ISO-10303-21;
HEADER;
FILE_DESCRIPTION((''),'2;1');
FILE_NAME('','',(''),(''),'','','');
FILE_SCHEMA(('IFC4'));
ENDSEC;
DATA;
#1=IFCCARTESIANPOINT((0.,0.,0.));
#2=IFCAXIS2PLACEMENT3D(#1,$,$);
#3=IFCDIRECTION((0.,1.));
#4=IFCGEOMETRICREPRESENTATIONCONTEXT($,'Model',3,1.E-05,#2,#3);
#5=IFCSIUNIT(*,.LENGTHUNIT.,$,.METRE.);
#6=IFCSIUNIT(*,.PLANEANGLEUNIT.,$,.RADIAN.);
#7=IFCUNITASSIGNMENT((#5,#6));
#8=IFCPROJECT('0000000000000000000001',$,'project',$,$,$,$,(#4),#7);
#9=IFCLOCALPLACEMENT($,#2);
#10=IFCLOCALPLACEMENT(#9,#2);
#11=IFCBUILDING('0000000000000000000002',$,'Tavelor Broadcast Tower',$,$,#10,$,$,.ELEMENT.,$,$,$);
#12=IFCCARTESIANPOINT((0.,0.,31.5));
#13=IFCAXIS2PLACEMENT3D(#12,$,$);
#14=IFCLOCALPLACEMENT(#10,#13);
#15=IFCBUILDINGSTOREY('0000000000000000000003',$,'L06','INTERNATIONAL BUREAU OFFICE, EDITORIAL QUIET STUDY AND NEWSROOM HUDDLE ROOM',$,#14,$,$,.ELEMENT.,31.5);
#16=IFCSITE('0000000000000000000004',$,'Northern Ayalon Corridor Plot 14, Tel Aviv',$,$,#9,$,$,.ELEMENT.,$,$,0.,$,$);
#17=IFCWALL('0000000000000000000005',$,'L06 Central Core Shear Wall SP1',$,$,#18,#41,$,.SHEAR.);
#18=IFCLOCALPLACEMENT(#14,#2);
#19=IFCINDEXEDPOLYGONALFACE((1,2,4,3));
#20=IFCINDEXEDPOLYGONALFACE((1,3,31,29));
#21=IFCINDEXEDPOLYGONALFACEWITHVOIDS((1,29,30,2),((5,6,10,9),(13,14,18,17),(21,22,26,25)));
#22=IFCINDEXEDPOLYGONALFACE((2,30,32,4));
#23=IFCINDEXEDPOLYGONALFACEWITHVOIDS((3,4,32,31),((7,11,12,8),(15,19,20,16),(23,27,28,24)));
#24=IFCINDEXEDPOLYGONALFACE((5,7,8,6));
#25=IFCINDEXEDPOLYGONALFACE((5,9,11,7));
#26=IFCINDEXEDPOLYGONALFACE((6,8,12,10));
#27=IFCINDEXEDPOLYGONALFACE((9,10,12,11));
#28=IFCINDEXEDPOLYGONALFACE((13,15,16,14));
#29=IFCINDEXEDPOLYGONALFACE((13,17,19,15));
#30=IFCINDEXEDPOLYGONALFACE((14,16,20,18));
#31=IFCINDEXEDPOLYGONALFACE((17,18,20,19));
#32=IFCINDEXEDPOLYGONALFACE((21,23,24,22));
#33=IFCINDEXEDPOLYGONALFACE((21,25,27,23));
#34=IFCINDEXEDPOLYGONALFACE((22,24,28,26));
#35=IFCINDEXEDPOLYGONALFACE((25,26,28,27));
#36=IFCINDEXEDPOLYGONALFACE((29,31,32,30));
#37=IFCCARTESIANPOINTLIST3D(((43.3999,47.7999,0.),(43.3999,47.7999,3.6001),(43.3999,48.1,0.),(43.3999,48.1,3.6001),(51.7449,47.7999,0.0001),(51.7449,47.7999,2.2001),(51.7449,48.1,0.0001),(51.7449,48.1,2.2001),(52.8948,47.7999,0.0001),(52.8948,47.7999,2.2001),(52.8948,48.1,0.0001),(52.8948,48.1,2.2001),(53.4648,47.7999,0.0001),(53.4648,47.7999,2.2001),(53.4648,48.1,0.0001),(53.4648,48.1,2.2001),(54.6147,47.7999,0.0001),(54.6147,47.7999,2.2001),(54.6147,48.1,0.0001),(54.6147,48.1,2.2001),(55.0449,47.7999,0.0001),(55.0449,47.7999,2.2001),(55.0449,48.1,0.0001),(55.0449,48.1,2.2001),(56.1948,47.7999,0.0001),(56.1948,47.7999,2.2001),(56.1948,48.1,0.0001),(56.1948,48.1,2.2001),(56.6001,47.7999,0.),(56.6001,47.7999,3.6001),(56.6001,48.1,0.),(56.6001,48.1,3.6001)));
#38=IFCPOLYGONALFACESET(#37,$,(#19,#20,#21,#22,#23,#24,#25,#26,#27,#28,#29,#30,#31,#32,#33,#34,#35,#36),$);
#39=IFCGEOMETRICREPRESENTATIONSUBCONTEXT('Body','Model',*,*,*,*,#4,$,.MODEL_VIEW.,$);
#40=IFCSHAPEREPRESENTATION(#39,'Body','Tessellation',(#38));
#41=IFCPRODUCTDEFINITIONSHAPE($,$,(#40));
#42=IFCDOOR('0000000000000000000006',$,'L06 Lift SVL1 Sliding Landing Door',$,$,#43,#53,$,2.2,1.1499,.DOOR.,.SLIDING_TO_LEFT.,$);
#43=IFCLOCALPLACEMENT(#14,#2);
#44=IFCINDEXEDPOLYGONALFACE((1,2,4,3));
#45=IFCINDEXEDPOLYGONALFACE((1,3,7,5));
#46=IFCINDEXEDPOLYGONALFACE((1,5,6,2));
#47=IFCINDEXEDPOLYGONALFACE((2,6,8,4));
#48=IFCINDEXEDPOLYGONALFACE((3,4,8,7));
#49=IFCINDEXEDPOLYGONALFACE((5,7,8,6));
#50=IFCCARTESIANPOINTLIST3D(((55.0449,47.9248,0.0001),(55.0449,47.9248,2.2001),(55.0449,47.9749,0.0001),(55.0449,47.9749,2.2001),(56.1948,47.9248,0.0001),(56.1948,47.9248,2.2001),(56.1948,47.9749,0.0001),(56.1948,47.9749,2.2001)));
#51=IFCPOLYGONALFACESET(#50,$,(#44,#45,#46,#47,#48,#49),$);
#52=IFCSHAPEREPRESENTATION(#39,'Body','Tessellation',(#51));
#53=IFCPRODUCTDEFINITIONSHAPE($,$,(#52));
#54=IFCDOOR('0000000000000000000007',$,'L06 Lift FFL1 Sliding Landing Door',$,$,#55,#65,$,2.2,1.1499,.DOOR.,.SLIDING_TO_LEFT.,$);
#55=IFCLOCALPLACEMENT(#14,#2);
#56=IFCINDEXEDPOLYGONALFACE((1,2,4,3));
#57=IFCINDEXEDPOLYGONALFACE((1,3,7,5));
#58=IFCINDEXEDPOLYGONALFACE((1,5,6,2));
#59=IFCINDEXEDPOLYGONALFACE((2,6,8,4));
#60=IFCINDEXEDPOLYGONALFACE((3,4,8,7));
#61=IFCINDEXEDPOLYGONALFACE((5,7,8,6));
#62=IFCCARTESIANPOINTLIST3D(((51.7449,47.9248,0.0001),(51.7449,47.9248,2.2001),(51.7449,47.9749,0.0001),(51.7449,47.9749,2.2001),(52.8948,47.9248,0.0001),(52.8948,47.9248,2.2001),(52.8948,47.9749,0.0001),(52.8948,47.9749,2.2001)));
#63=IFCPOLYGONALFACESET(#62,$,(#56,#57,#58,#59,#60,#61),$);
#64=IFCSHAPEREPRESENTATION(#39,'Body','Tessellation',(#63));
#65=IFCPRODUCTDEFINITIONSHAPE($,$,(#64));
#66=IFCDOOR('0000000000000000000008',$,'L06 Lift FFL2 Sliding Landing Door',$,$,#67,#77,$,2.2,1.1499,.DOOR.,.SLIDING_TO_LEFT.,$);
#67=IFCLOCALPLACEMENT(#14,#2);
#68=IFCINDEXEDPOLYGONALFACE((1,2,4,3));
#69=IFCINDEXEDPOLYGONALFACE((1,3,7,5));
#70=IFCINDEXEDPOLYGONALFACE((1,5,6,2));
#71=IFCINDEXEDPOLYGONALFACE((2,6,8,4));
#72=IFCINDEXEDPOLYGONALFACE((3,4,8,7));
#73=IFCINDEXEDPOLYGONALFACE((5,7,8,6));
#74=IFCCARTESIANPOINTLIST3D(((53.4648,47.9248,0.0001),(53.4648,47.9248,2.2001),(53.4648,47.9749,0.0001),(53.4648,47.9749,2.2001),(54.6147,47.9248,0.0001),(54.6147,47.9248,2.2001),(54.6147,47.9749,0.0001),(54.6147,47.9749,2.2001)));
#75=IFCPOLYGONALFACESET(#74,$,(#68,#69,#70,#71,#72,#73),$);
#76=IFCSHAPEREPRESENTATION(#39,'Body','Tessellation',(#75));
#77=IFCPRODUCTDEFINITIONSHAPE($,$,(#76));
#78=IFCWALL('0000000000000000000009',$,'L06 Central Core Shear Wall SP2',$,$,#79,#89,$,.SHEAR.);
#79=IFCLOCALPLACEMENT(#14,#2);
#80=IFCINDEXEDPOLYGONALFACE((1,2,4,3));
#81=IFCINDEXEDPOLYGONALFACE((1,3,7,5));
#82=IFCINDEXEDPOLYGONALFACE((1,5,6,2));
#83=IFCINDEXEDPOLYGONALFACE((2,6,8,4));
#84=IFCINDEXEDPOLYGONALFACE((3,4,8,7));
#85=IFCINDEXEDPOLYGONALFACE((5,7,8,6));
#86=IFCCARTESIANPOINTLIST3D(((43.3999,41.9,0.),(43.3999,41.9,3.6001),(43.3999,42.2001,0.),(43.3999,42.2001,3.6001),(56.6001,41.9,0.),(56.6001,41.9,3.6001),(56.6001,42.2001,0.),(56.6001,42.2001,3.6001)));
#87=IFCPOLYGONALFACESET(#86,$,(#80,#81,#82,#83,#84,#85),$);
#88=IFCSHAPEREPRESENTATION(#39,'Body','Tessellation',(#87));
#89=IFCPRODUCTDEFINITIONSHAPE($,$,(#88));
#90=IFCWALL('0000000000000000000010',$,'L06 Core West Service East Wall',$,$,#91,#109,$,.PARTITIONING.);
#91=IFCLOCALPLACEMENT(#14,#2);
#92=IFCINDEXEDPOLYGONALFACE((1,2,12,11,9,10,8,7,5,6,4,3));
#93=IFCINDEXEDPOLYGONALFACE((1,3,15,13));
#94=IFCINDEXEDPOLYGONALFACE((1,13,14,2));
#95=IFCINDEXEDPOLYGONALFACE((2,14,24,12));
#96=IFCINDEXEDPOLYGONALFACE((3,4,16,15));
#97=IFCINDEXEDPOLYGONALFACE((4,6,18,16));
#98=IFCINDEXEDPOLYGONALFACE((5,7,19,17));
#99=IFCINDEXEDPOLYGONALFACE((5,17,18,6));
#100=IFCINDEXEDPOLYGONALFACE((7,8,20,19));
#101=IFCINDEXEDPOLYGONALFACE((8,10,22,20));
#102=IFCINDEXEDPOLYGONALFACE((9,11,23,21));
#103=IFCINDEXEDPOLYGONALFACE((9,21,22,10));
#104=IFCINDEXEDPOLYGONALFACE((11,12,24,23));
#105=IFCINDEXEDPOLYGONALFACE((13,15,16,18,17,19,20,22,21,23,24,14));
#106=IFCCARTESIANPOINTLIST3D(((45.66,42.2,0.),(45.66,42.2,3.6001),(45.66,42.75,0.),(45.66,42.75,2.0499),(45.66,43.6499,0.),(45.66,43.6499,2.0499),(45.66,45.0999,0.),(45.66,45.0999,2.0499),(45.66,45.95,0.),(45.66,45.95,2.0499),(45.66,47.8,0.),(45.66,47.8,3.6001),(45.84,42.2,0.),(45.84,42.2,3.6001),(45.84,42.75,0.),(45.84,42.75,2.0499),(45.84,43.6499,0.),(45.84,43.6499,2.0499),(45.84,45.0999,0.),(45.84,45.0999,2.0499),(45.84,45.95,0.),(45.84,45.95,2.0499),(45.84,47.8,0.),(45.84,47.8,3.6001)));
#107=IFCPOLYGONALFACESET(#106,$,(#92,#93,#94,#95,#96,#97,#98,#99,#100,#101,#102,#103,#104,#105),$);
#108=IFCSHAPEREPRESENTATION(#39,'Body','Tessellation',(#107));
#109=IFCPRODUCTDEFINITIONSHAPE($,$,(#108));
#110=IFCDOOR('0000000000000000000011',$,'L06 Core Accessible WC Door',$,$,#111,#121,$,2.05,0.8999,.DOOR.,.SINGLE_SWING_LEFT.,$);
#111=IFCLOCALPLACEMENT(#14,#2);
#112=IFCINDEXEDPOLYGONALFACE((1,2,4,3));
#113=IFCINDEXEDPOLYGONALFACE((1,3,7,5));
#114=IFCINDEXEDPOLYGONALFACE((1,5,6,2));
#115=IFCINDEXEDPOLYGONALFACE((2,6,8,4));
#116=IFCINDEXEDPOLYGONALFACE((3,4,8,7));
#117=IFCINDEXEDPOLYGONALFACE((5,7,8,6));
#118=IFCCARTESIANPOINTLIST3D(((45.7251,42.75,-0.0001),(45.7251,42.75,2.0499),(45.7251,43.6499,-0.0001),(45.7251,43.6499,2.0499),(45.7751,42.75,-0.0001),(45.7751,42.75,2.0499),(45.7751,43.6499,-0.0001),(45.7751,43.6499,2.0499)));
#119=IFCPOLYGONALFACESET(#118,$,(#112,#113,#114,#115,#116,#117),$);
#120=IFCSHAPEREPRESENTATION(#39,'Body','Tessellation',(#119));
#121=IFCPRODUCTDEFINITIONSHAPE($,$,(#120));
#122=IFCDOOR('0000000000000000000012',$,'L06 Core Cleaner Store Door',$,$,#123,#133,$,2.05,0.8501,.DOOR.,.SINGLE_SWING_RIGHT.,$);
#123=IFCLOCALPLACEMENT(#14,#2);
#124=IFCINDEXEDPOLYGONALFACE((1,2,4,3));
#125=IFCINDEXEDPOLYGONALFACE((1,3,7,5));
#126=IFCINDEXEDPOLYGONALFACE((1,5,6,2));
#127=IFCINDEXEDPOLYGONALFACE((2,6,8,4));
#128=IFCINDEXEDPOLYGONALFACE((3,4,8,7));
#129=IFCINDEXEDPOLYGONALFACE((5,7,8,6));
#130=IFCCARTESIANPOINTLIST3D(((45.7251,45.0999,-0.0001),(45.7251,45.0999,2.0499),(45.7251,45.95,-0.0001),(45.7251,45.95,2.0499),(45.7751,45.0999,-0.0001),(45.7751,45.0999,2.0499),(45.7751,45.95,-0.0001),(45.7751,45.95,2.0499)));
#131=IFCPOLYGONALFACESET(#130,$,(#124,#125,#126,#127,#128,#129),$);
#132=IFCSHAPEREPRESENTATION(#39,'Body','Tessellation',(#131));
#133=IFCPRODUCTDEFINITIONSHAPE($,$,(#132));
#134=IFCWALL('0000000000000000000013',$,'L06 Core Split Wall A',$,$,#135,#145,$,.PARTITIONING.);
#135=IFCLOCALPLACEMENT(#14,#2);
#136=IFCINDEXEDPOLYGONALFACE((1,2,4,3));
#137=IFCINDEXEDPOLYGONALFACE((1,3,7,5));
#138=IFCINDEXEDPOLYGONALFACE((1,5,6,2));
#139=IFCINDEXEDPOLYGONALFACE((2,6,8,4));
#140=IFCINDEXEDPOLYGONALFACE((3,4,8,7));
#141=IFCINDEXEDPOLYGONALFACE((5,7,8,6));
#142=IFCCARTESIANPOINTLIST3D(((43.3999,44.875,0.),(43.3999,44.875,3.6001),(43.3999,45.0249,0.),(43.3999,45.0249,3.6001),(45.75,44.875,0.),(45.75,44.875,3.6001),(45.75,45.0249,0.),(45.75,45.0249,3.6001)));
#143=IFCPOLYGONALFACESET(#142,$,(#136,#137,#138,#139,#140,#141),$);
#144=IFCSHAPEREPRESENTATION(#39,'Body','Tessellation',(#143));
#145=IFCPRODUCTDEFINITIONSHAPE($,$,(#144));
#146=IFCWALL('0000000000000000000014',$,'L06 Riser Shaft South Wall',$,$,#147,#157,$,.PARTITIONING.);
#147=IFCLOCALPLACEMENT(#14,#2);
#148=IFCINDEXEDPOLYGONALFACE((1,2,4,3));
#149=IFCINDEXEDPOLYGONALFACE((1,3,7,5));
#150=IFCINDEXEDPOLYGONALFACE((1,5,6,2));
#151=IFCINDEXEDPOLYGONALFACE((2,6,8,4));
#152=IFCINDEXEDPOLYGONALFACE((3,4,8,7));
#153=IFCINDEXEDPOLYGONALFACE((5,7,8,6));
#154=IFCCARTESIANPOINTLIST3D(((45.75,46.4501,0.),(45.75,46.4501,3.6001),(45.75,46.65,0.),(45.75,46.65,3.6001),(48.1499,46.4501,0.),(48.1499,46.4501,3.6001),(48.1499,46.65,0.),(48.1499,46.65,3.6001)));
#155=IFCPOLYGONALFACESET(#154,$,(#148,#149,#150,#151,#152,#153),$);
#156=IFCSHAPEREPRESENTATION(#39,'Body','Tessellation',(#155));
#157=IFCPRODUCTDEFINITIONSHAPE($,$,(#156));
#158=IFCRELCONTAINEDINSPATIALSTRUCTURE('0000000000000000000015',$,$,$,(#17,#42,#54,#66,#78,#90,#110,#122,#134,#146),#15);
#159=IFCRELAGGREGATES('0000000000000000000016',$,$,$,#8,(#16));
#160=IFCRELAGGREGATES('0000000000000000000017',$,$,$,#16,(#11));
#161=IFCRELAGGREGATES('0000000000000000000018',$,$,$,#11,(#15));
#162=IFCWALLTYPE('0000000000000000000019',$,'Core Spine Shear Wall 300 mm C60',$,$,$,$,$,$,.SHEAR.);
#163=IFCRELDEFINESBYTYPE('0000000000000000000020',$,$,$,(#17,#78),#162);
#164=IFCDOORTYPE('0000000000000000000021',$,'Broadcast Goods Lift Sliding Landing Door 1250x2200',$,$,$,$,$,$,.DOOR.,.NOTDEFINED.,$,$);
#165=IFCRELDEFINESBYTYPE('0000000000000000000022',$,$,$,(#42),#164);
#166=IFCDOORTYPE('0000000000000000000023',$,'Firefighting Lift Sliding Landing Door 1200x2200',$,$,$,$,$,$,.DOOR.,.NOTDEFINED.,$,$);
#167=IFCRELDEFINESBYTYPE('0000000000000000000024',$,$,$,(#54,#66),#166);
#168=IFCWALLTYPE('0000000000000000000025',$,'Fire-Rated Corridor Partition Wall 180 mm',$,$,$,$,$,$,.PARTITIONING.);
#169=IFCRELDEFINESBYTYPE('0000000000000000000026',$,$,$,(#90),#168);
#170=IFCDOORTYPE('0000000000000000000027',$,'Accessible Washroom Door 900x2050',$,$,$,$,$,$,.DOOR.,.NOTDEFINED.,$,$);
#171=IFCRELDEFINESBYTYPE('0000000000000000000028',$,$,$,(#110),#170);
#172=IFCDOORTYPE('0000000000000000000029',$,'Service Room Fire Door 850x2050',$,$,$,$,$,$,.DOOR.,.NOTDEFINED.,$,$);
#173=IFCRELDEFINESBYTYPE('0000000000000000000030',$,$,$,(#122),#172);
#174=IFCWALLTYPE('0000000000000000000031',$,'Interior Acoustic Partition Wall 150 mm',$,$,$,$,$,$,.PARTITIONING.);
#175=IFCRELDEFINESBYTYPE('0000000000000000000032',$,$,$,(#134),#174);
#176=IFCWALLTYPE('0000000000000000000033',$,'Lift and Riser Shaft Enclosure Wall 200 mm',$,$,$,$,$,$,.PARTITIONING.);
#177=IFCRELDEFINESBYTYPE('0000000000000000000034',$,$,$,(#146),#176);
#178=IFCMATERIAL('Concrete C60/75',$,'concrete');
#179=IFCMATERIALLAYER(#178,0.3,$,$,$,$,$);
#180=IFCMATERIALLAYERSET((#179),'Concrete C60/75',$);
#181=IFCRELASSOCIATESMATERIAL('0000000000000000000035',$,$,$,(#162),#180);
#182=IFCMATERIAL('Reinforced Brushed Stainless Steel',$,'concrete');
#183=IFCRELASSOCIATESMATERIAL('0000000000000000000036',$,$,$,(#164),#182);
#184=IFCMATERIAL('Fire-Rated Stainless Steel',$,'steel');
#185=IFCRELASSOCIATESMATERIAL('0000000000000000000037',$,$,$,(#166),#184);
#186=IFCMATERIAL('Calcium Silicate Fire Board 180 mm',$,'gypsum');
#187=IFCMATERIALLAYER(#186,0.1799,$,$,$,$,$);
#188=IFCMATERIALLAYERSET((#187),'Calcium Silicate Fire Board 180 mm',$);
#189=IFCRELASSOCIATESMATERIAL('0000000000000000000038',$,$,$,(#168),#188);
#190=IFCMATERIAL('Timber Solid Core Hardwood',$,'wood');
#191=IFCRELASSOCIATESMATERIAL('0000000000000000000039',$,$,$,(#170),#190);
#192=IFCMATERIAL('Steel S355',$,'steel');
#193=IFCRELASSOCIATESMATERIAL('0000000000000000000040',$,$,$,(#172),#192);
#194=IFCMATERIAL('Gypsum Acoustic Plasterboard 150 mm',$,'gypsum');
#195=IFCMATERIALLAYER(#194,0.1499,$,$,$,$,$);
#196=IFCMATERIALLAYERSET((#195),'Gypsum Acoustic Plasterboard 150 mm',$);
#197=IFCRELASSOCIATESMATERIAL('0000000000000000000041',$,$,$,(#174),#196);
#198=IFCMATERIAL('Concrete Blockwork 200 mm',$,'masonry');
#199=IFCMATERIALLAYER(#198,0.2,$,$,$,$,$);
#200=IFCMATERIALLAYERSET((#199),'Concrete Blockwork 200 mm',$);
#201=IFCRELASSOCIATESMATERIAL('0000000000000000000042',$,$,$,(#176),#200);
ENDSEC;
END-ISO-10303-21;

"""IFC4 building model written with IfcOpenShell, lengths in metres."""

from ifc_helpers import new_model, si_unit, direction, frame, frame_2d, origin, place, context, subcontext, project, spatial, rectangle, extrude, material, layer, layer_set, type_object, element, fill, save


model = new_model("IFC4")

# Units and contexts
model_context = context("Model", 3, precision=1e-05, world=origin(), true_north=direction((0.0, 1.0)))
body_context = subcontext(model_context, "Body", "Model", "MODEL_VIEW")
ifc_project = project(units=[si_unit("LENGTHUNIT", "METRE"), si_unit("PLANEANGLEUNIT", "RADIAN")], contexts=[model_context])

# Site, building, storey
site_placement = place(None, origin())
site = spatial("IfcSite", under=ifc_project, at=site_placement, Name="Northern Ayalon Corridor Plot 14, Tel Aviv", CompositionType="ELEMENT", RefElevation=0.0)
building_placement = place(site_placement, origin())
building = spatial("IfcBuilding", under=site, at=building_placement, Name="Tavelor Broadcast Tower", CompositionType="ELEMENT")
storey_placement = place(building_placement, frame((0.0, 0.0, 31.5)))
storey = spatial("IfcBuildingStorey", under=building, at=storey_placement, Name="L06", Description="INTERNATIONAL BUREAU OFFICE, EDITORIAL QUIET STUDY AND NEWSROOM HUDDLE ROOM", CompositionType="ELEMENT", Elevation=31.5)

# Shared definitions
ifc_material_1 = material(Name="Concrete C60/75", Category="concrete")

# Shared definitions
ifc_material_2 = material(Name="Steel S355", Category="steel")

# Wall, openings, doors
ifc_layer_1 = layer(ifc_material_1, 0.3)
ifc_layer_set_1 = layer_set([ifc_layer_1], Name="Concrete C60/75")
wall_type_1 = type_object("IfcWallType", Name="Core Spine Shear Wall 300 mm C60", PredefinedType="SHEAR", material=ifc_layer_set_1)
wall_1_placement = place(storey_placement, frame((43.3999, 47.95, 0.0), z_axis=(0.0, 0.0, 1.0), x_axis=(1.0, 0.0, 0.0)))
wall_1 = element("IfcWall", 1, at=wall_1_placement, inside=storey, type_object=wall_type_1, Name="L06 Central Core Shear Wall SP1", PredefinedType="SHEAR", context=body_context, shape_type="SweptSolid", body=[
    extrude(rectangle(XDim=13.2002, YDim=0.3, at=frame_2d((6.6001, 0.0))), origin(), (0.0, 0.0, 1.0), 3.6001),
])
opening_1_placement = place(wall_1_placement, frame((8.345, 0.0, 0.0)))
opening_1 = element("IfcOpeningElement", 2, at=opening_1_placement, cuts=wall_1, PredefinedType="OPENING", context=body_context, shape_type="SweptSolid", body=[
    extrude(rectangle(XDim=1.1499, YDim=2.2, at=frame_2d((0.575, 1.1001))), frame((0.0, 0.1602, 0.0), z_axis=(0.0, -1.0, 0.0), x_axis=(1.0, 0.0, 0.0)), (0.0, 0.0, 1.0), 0.3201),
])
opening_2_placement = place(wall_1_placement, frame((10.0649, 0.0, 0.0)))
opening_2 = element("IfcOpeningElement", 3, at=opening_2_placement, cuts=wall_1, PredefinedType="OPENING", context=body_context, shape_type="SweptSolid", body=[
    extrude(rectangle(XDim=1.1499, YDim=2.2, at=frame_2d((0.575, 1.1001))), frame((0.0, 0.1602, 0.0), z_axis=(0.0, -1.0, 0.0), x_axis=(1.0, 0.0, 0.0)), (0.0, 0.0, 1.0), 0.3201),
])
opening_3_placement = place(wall_1_placement, frame((11.645, 0.0, 0.0)))
opening_3 = element("IfcOpeningElement", 4, at=opening_3_placement, cuts=wall_1, PredefinedType="OPENING", context=body_context, shape_type="SweptSolid", body=[
    extrude(rectangle(XDim=1.1499, YDim=2.2, at=frame_2d((0.575, 1.1001))), frame((0.0, 0.1602, 0.0), z_axis=(0.0, -1.0, 0.0), x_axis=(1.0, 0.0, 0.0)), (0.0, 0.0, 1.0), 0.3201),
])
ifc_material_3 = material(Name="Reinforced Brushed Stainless Steel", Category="concrete")
door_type_1 = type_object("IfcDoorType", Name="Broadcast Goods Lift Sliding Landing Door 1250x2200", OperationType="NOTDEFINED", PredefinedType="DOOR", material=ifc_material_3)
door_1_placement = place(opening_3_placement, origin())
door_1 = element("IfcDoor", 5, at=door_1_placement, inside=storey, type_object=door_type_1, Name="L06 Lift SVL1 Sliding Landing Door", OperationType="SLIDING_TO_LEFT", OverallHeight=2.2, OverallWidth=1.1499, PredefinedType="DOOR", context=body_context, shape_type="SweptSolid", body=[
    extrude(rectangle(XDim=1.1499, YDim=2.2, at=frame_2d((0.575, 1.1001))), frame((0.0, 0.0249, 0.0), z_axis=(0.0, -1.0, 0.0), x_axis=(1.0, 0.0, 0.0)), (0.0, 0.0, 1.0), 0.05),
])
fill(opening_3, door_1)
ifc_material_4 = material(Name="Fire-Rated Stainless Steel", Category="steel")
door_type_2 = type_object("IfcDoorType", Name="Firefighting Lift Sliding Landing Door 1200x2200", OperationType="NOTDEFINED", PredefinedType="DOOR", material=ifc_material_4)
door_2_placement = place(opening_1_placement, origin())
door_2 = element("IfcDoor", 6, at=door_2_placement, inside=storey, type_object=door_type_2, Name="L06 Lift FFL1 Sliding Landing Door", OperationType="SLIDING_TO_LEFT", OverallHeight=2.2, OverallWidth=1.1499, PredefinedType="DOOR", context=body_context, shape_type="SweptSolid", body=[
    extrude(rectangle(XDim=1.1499, YDim=2.2, at=frame_2d((0.575, 1.1001))), frame((0.0, 0.0249, 0.0), z_axis=(0.0, -1.0, 0.0), x_axis=(1.0, 0.0, 0.0)), (0.0, 0.0, 1.0), 0.05),
])
fill(opening_1, door_2)
door_3_placement = place(opening_2_placement, origin())
door_3 = element("IfcDoor", 7, at=door_3_placement, inside=storey, type_object=door_type_2, Name="L06 Lift FFL2 Sliding Landing Door", OperationType="SLIDING_TO_LEFT", OverallHeight=2.2, OverallWidth=1.1499, PredefinedType="DOOR", context=body_context, shape_type="SweptSolid", body=[
    extrude(rectangle(XDim=1.1499, YDim=2.2, at=frame_2d((0.575, 1.1001))), frame((0.0, 0.0249, 0.0), z_axis=(0.0, -1.0, 0.0), x_axis=(1.0, 0.0, 0.0)), (0.0, 0.0, 1.0), 0.05),
])
fill(opening_2, door_3)

# Wall
wall_2_placement = place(storey_placement, frame((43.3999, 42.05, 0.0), z_axis=(0.0, 0.0, 1.0), x_axis=(1.0, 0.0, 0.0)))
element("IfcWall", 8, at=wall_2_placement, inside=storey, type_object=wall_type_1, Name="L06 Central Core Shear Wall SP2", PredefinedType="SHEAR", context=body_context, shape_type="SweptSolid", body=[
    extrude(rectangle(XDim=13.2002, YDim=0.3, at=frame_2d((6.6001, 0.0))), origin(), (0.0, 0.0, 1.0), 3.6001),
])

# Wall, openings, doors
ifc_material_5 = material(Name="Calcium Silicate Fire Board 180 mm", Category="gypsum")
ifc_layer_2 = layer(ifc_material_5, 0.1799)
ifc_layer_set_2 = layer_set([ifc_layer_2], Name="Calcium Silicate Fire Board 180 mm")
wall_type_2 = type_object("IfcWallType", Name="Fire-Rated Corridor Partition Wall 180 mm", PredefinedType="PARTITIONING", material=ifc_layer_set_2)
wall_3_placement = place(storey_placement, frame((45.75, 42.2, 0.0), z_axis=(0.0, 0.0, 1.0), x_axis=(0.0, 1.0, 0.0)))
wall_3 = element("IfcWall", 9, at=wall_3_placement, inside=storey, type_object=wall_type_2, Name="L06 Core West Service East Wall", PredefinedType="PARTITIONING", context=body_context, shape_type="SweptSolid", body=[
    extrude(rectangle(XDim=5.6001, YDim=0.1799, at=frame_2d((2.8, 0.0))), origin(), (0.0, 0.0, 1.0), 3.6001),
])
opening_4_placement = place(wall_3_placement, frame((0.55, 0.0, 0.0)))
opening_4 = element("IfcOpeningElement", 10, at=opening_4_placement, cuts=wall_3, PredefinedType="OPENING", context=body_context, shape_type="SweptSolid", body=[
    extrude(rectangle(XDim=0.8999, YDim=2.05, at=frame_2d((0.45, 1.0249))), frame((0.0, 0.1001, 0.0), z_axis=(0.0, -1.0, 0.0), x_axis=(1.0, 0.0, 0.0)), (0.0, 0.0, 1.0), 0.2),
])
opening_5_placement = place(wall_3_placement, frame((2.8999, 0.0, 0.0)))
opening_5 = element("IfcOpeningElement", 11, at=opening_5_placement, cuts=wall_3, PredefinedType="OPENING", context=body_context, shape_type="SweptSolid", body=[
    extrude(rectangle(XDim=0.8501, YDim=2.05, at=frame_2d((0.425, 1.0249))), frame((0.0, 0.1001, 0.0), z_axis=(0.0, -1.0, 0.0), x_axis=(1.0, 0.0, 0.0)), (0.0, 0.0, 1.0), 0.2),
])
ifc_material_6 = material(Name="Timber Solid Core Hardwood", Category="wood")
door_type_3 = type_object("IfcDoorType", Name="Accessible Washroom Door 900x2050", OperationType="NOTDEFINED", PredefinedType="DOOR", material=ifc_material_6)
door_4_placement = place(opening_4_placement, origin())
door_4 = element("IfcDoor", 12, at=door_4_placement, inside=storey, type_object=door_type_3, Name="L06 Core Accessible WC Door", OperationType="SINGLE_SWING_LEFT", OverallHeight=2.05, OverallWidth=0.8999, PredefinedType="DOOR", context=body_context, shape_type="SweptSolid", body=[
    extrude(rectangle(XDim=0.8999, YDim=2.05, at=frame_2d((0.45, 1.0249))), frame((0.0, 0.0249, 0.0), z_axis=(0.0, -1.0, 0.0), x_axis=(1.0, 0.0, 0.0)), (0.0, 0.0, 1.0), 0.05),
])
fill(opening_4, door_4)
door_type_4 = type_object("IfcDoorType", Name="Service Room Fire Door 850x2050", OperationType="NOTDEFINED", PredefinedType="DOOR", material=ifc_material_2)
door_5_placement = place(opening_5_placement, origin())
door_5 = element("IfcDoor", 13, at=door_5_placement, inside=storey, type_object=door_type_4, Name="L06 Core Cleaner Store Door", OperationType="SINGLE_SWING_RIGHT", OverallHeight=2.05, OverallWidth=0.8501, PredefinedType="DOOR", context=body_context, shape_type="SweptSolid", body=[
    extrude(rectangle(XDim=0.8501, YDim=2.05, at=frame_2d((0.425, 1.0249))), frame((0.0, 0.0249, 0.0), z_axis=(0.0, -1.0, 0.0), x_axis=(1.0, 0.0, 0.0)), (0.0, 0.0, 1.0), 0.05),
])
fill(opening_5, door_5)

# Walls
ifc_material_7 = material(Name="Gypsum Acoustic Plasterboard 150 mm", Category="gypsum")
ifc_layer_3 = layer(ifc_material_7, 0.1499)
ifc_layer_set_3 = layer_set([ifc_layer_3], Name="Gypsum Acoustic Plasterboard 150 mm")
wall_type_3 = type_object("IfcWallType", Name="Interior Acoustic Partition Wall 150 mm", PredefinedType="PARTITIONING", material=ifc_layer_set_3)
wall_4_placement = place(storey_placement, frame((43.3999, 44.95, 0.0), z_axis=(0.0, 0.0, 1.0), x_axis=(1.0, 0.0, 0.0)))
element("IfcWall", 14, at=wall_4_placement, inside=storey, type_object=wall_type_3, Name="L06 Core Split Wall A", PredefinedType="PARTITIONING", context=body_context, shape_type="SweptSolid", body=[
    extrude(rectangle(XDim=2.3501, YDim=0.1499, at=frame_2d((1.175, 0.0))), origin(), (0.0, 0.0, 1.0), 3.6001),
])
ifc_material_8 = material(Name="Concrete Blockwork 200 mm", Category="masonry")
ifc_layer_4 = layer(ifc_material_8, 0.2)
ifc_layer_set_4 = layer_set([ifc_layer_4], Name="Concrete Blockwork 200 mm")
wall_type_4 = type_object("IfcWallType", Name="Lift and Riser Shaft Enclosure Wall 200 mm", PredefinedType="PARTITIONING", material=ifc_layer_set_4)
wall_5_placement = place(storey_placement, frame((45.75, 46.55, 0.0), z_axis=(0.0, 0.0, 1.0), x_axis=(1.0, 0.0, 0.0)))
element("IfcWall", 15, at=wall_5_placement, inside=storey, type_object=wall_type_4, Name="L06 Riser Shaft South Wall", PredefinedType="PARTITIONING", context=body_context, shape_type="SweptSolid", body=[
    extrude(rectangle(XDim=2.3999, YDim=0.2, at=frame_2d((1.2, 0.0))), origin(), (0.0, 0.0, 1.0), 3.6001),
])

save(model, "model.ifc")
